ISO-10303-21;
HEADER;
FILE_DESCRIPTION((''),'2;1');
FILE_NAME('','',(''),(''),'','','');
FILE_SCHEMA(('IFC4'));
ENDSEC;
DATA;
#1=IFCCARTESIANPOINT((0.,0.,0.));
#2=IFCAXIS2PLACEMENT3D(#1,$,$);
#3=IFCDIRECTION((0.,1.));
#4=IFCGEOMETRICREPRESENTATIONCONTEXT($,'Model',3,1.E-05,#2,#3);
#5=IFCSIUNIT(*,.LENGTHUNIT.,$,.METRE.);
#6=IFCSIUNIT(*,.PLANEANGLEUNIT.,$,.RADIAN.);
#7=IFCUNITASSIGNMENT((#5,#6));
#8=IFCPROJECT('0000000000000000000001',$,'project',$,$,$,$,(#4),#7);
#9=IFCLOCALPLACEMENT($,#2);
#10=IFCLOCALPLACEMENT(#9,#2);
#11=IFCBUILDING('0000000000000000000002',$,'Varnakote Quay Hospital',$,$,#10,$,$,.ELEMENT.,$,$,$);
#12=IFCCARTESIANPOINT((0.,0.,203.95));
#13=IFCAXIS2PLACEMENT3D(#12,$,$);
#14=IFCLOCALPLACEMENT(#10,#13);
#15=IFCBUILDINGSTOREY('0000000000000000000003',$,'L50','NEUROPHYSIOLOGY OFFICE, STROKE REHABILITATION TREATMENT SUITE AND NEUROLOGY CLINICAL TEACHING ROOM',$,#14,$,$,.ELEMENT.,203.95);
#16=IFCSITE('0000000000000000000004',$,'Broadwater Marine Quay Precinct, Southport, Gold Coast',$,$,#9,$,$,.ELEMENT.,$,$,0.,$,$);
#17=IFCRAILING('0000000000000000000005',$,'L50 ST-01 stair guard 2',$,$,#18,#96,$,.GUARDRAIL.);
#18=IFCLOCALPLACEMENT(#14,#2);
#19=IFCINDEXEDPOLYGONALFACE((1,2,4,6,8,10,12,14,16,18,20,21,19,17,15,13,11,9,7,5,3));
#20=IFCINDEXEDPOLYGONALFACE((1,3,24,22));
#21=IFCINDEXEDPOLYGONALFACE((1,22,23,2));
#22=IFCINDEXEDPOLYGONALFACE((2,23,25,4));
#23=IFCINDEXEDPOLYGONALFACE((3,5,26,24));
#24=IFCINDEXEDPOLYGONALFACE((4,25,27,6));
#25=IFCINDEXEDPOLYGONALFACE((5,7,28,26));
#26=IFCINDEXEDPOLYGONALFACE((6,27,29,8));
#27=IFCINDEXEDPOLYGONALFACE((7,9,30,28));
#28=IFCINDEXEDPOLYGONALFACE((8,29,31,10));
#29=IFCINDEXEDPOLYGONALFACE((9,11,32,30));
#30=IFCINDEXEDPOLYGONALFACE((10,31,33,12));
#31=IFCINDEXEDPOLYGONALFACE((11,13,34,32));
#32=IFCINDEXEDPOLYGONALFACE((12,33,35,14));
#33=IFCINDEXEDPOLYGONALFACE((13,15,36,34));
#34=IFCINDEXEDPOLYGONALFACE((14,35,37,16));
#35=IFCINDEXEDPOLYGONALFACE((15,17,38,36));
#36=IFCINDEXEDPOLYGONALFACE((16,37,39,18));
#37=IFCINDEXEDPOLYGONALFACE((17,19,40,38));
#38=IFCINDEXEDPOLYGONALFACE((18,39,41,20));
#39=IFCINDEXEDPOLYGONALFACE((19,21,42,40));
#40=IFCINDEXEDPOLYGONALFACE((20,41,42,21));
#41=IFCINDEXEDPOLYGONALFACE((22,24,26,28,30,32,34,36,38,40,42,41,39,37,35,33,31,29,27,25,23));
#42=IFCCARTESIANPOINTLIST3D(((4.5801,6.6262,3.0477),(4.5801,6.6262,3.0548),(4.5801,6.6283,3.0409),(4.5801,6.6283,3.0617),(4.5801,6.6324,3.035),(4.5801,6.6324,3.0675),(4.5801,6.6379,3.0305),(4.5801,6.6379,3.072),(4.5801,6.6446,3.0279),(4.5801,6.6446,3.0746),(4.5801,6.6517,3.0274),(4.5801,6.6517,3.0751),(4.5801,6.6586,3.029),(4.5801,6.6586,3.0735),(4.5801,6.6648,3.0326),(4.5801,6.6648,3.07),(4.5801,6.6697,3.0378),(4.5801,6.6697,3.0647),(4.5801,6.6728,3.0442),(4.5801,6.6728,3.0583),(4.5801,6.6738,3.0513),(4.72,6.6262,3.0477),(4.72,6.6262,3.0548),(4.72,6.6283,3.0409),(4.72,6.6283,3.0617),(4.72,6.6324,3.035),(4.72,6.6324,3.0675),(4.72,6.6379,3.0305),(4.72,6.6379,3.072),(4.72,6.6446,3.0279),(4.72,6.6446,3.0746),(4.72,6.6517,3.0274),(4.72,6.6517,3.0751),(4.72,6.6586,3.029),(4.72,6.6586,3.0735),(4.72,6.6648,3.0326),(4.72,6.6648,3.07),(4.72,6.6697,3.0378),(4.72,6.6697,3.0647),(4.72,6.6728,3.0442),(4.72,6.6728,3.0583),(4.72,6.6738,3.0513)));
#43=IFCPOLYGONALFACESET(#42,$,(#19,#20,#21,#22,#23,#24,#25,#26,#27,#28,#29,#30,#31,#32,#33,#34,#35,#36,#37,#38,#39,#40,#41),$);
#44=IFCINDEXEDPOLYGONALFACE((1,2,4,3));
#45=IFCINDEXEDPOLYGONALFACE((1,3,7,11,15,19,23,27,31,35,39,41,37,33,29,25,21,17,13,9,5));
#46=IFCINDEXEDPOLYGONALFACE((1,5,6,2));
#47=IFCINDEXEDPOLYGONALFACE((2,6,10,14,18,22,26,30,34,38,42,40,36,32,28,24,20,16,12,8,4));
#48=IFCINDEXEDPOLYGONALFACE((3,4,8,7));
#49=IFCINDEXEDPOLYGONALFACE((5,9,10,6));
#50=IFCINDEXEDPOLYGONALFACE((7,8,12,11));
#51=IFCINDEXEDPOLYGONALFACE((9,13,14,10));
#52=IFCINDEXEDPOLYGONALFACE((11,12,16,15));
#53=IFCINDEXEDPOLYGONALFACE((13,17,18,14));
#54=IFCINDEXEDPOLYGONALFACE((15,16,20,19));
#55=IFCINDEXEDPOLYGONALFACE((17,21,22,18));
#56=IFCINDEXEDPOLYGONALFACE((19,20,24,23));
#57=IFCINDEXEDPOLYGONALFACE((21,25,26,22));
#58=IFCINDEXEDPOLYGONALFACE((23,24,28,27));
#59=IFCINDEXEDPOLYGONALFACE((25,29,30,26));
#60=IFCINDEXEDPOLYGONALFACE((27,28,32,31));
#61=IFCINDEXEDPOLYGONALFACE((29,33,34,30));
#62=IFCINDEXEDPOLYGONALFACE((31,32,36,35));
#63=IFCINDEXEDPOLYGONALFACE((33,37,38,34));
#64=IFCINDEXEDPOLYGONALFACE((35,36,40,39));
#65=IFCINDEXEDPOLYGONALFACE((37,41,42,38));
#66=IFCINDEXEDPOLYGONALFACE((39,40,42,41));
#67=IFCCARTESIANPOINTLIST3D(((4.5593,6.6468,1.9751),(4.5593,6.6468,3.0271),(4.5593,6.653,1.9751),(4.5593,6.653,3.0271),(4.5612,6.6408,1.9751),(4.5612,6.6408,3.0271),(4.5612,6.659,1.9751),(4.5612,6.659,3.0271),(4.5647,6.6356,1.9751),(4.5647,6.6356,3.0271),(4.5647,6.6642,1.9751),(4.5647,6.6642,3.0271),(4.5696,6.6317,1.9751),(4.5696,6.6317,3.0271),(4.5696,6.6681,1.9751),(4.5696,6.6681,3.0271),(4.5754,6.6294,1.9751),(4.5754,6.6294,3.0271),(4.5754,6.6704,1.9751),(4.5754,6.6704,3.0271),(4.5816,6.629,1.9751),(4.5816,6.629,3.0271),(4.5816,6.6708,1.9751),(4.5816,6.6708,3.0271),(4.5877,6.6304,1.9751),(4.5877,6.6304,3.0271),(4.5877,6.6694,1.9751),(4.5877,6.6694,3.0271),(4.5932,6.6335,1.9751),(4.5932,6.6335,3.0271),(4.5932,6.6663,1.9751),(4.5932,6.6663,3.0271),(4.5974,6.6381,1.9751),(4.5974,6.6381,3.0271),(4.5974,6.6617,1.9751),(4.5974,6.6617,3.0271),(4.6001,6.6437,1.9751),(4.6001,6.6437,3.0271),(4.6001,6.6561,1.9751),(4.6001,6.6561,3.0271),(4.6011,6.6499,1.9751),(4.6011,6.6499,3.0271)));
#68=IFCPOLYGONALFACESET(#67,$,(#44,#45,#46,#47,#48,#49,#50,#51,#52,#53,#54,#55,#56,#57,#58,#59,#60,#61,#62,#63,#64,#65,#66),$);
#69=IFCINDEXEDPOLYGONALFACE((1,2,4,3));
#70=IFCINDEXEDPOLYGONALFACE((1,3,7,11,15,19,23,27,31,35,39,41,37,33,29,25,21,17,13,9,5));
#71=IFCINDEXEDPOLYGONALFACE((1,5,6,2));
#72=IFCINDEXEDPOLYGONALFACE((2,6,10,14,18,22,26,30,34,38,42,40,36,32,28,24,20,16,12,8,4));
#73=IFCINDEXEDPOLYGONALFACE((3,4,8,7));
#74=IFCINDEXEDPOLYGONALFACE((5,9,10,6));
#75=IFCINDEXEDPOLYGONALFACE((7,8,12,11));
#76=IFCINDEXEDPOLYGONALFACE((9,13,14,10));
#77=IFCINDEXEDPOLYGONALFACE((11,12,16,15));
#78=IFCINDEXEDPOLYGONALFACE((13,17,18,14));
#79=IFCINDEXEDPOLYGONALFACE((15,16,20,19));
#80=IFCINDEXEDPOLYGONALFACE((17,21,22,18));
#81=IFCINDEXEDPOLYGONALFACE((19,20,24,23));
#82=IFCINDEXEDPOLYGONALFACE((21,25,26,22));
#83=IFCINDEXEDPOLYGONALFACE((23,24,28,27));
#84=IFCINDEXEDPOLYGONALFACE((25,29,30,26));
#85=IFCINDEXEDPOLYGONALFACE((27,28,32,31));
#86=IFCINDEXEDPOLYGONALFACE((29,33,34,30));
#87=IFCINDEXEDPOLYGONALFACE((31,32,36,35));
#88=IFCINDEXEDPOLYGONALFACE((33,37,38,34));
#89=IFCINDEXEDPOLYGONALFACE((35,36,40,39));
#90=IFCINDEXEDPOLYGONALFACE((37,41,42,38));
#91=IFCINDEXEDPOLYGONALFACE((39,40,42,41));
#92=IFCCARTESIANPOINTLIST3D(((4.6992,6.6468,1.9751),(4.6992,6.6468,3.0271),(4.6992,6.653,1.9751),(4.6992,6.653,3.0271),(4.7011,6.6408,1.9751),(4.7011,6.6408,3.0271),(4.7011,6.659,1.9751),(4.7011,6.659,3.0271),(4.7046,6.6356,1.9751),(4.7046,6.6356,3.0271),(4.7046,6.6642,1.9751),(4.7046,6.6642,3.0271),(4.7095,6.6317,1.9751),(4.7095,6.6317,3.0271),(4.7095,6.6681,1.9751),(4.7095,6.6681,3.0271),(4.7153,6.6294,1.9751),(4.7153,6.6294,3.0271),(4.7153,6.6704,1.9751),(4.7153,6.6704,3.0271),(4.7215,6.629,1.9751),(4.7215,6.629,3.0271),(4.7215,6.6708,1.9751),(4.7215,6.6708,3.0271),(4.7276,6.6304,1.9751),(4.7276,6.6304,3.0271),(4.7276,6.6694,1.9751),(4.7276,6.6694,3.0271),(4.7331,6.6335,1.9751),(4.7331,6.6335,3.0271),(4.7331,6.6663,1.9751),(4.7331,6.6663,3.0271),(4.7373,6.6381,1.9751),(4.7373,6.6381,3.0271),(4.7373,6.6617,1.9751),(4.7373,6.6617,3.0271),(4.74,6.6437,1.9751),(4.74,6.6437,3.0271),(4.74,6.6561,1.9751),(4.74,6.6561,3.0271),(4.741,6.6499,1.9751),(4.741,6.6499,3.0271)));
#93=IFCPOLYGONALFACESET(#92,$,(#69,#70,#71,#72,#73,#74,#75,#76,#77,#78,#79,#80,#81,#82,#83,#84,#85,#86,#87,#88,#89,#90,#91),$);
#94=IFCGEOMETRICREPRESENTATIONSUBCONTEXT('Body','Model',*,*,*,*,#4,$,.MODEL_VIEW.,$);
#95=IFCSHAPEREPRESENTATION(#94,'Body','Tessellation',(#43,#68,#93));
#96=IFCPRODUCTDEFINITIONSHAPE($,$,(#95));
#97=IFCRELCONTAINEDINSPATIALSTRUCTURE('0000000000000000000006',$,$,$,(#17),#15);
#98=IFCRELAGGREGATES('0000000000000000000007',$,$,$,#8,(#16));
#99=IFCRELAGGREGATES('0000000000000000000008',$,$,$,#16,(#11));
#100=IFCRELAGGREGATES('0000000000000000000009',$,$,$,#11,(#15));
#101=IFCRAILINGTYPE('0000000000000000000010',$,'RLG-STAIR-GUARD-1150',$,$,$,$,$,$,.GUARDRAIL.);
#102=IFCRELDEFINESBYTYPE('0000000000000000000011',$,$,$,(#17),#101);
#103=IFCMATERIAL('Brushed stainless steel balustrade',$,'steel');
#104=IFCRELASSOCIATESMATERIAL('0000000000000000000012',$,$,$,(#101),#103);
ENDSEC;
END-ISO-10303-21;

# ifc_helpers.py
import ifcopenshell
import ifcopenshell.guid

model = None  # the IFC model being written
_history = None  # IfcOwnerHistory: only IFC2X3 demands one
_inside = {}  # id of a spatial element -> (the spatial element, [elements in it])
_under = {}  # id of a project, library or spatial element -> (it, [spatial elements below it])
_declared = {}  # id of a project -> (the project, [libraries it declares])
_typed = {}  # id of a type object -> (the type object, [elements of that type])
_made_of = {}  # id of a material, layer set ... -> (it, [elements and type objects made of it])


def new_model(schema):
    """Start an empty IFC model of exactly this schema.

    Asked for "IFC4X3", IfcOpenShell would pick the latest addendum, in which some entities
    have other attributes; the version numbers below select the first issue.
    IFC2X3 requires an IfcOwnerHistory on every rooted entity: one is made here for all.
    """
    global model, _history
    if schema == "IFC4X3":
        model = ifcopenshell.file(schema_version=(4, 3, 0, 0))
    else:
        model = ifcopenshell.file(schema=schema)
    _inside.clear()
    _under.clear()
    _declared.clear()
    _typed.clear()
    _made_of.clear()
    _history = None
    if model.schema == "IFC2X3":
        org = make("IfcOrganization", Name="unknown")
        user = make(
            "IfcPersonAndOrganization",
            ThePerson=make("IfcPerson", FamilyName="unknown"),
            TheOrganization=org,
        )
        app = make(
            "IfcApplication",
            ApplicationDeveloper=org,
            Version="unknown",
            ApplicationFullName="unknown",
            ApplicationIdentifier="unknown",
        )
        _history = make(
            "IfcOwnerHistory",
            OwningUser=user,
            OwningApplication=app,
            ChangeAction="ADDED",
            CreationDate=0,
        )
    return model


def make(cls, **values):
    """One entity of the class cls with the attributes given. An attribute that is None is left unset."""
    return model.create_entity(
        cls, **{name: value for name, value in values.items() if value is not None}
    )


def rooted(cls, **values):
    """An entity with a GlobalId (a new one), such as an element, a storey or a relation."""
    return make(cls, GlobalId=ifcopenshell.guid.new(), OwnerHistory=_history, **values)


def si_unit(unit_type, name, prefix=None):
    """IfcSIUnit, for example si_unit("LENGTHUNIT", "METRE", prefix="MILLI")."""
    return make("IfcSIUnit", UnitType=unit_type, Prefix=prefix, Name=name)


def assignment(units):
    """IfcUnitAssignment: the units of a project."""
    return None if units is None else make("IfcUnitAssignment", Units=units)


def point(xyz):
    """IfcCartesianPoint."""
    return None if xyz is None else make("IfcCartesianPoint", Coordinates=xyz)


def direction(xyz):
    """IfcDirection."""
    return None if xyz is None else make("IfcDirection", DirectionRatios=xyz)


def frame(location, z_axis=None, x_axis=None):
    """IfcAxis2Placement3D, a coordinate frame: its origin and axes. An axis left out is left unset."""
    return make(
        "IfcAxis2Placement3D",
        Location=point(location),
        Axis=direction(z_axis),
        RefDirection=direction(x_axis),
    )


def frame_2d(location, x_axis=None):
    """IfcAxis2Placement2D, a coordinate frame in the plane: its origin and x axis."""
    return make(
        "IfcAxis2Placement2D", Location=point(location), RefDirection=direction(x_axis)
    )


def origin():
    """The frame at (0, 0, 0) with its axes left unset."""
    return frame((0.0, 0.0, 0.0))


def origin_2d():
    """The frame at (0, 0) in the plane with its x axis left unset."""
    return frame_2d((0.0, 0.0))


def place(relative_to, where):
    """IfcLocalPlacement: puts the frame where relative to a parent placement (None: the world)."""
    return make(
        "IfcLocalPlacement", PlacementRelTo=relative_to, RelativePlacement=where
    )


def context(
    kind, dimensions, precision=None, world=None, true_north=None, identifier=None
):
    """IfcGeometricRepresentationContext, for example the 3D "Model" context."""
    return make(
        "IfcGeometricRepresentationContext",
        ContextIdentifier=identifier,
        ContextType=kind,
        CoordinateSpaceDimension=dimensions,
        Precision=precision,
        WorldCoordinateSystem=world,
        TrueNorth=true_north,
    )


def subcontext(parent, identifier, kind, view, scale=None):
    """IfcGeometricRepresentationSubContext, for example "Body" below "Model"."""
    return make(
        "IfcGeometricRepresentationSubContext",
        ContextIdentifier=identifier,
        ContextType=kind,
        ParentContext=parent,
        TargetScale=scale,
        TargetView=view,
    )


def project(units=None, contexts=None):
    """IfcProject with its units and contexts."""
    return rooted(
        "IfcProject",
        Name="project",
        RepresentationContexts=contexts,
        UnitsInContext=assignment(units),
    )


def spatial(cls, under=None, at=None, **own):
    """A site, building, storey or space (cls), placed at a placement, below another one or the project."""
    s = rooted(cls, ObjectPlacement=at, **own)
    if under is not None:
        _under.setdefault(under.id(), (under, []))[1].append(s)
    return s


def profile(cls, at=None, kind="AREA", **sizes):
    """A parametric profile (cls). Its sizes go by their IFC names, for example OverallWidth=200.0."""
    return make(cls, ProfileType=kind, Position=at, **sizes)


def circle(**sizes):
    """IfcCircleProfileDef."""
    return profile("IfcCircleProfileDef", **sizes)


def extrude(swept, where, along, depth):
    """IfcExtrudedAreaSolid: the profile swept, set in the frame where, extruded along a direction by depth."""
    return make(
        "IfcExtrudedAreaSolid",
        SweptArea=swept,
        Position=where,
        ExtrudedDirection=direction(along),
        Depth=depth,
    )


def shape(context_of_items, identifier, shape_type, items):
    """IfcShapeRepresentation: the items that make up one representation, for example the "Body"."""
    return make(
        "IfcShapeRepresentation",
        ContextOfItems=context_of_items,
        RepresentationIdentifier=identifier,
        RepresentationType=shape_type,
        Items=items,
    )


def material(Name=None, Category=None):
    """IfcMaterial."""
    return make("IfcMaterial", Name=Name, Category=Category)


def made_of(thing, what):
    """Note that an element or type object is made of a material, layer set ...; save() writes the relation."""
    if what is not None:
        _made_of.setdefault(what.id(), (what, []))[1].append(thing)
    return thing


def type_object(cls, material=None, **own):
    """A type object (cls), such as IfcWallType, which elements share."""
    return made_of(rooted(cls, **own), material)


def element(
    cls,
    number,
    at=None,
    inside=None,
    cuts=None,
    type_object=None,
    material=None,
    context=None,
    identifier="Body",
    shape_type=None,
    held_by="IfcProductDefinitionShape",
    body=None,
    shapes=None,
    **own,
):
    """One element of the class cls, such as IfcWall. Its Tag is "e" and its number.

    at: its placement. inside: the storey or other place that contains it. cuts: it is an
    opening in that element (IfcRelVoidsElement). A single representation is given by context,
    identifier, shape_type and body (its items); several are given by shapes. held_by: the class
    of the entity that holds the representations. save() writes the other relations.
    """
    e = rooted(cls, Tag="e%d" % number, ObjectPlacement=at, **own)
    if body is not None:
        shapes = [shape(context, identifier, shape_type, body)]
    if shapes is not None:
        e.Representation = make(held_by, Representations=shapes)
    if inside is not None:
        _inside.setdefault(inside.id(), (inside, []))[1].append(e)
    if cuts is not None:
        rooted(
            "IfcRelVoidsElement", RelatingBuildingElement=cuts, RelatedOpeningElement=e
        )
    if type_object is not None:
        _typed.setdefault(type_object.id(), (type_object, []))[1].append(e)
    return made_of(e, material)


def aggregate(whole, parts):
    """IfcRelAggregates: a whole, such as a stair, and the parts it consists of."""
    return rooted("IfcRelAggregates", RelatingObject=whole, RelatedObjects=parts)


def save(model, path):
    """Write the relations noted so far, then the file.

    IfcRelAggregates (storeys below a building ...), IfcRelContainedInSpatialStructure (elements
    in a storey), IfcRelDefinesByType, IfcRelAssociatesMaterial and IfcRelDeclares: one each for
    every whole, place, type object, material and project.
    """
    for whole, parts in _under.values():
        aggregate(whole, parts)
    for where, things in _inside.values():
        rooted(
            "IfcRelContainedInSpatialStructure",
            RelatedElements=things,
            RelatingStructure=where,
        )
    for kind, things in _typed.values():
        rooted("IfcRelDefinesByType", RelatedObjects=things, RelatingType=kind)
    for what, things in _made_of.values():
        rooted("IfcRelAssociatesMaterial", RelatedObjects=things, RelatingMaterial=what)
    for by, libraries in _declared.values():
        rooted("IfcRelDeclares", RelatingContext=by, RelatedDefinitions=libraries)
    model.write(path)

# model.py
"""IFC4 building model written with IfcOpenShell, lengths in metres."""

from ifc_helpers import new_model, si_unit, direction, frame, origin, origin_2d, place, context, subcontext, project, spatial, circle, extrude, material, type_object, element, save


model = new_model("IFC4")

# Units and contexts
model_context = context("Model", 3, precision=1e-05, world=origin(), true_north=direction((0.0, 1.0)))
body_context = subcontext(model_context, "Body", "Model", "MODEL_VIEW")
ifc_project = project(units=[si_unit("LENGTHUNIT", "METRE"), si_unit("PLANEANGLEUNIT", "RADIAN")], contexts=[model_context])

# Site, building, storey
site_placement = place(None, origin())
site = spatial("IfcSite", under=ifc_project, at=site_placement, Name="Broadwater Marine Quay Precinct, Southport, Gold Coast", CompositionType="ELEMENT", RefElevation=0.0)
building_placement = place(site_placement, origin())
building = spatial("IfcBuilding", under=site, at=building_placement, Name="Varnakote Quay Hospital", CompositionType="ELEMENT")
storey_placement = place(building_placement, frame((0.0, 0.0, 203.95)))
storey = spatial("IfcBuildingStorey", under=building, at=storey_placement, Name="L50", Description="NEUROPHYSIOLOGY OFFICE, STROKE REHABILITATION TREATMENT SUITE AND NEUROLOGY CLINICAL TEACHING ROOM", CompositionType="ELEMENT", Elevation=203.95)

# Railing
ifc_material_1 = material(Name="Brushed stainless steel balustrade", Category="steel")
railing_type_1 = type_object("IfcRailingType", Name="RLG-STAIR-GUARD-1150", PredefinedType="GUARDRAIL", material=ifc_material_1)
railing_1_placement = place(storey_placement, frame((4.5801, 6.6499, 1.9751)))
element("IfcRailing", 1, at=railing_1_placement, inside=storey, type_object=railing_type_1, Name="L50 ST-01 stair guard 2", PredefinedType="GUARDRAIL", context=body_context, shape_type="SweptSolid", body=[
    extrude(circle(Radius=0.0239, at=origin_2d()), frame((0.0, 0.0, 1.0762), z_axis=(1.0, 0.0, 0.0), x_axis=(0.0, 1.0, 0.0)), (0.0, 0.0, 1.0), 0.1399),
    extrude(circle(Radius=0.021, at=origin_2d()), origin(), (0.0, 0.0, 1.0), 1.052),
    extrude(circle(Radius=0.021, at=origin_2d()), frame((0.1399, 0.0, 0.0)), (0.0, 0.0, 1.0), 1.052),
])

save(model, "model.ifc")
